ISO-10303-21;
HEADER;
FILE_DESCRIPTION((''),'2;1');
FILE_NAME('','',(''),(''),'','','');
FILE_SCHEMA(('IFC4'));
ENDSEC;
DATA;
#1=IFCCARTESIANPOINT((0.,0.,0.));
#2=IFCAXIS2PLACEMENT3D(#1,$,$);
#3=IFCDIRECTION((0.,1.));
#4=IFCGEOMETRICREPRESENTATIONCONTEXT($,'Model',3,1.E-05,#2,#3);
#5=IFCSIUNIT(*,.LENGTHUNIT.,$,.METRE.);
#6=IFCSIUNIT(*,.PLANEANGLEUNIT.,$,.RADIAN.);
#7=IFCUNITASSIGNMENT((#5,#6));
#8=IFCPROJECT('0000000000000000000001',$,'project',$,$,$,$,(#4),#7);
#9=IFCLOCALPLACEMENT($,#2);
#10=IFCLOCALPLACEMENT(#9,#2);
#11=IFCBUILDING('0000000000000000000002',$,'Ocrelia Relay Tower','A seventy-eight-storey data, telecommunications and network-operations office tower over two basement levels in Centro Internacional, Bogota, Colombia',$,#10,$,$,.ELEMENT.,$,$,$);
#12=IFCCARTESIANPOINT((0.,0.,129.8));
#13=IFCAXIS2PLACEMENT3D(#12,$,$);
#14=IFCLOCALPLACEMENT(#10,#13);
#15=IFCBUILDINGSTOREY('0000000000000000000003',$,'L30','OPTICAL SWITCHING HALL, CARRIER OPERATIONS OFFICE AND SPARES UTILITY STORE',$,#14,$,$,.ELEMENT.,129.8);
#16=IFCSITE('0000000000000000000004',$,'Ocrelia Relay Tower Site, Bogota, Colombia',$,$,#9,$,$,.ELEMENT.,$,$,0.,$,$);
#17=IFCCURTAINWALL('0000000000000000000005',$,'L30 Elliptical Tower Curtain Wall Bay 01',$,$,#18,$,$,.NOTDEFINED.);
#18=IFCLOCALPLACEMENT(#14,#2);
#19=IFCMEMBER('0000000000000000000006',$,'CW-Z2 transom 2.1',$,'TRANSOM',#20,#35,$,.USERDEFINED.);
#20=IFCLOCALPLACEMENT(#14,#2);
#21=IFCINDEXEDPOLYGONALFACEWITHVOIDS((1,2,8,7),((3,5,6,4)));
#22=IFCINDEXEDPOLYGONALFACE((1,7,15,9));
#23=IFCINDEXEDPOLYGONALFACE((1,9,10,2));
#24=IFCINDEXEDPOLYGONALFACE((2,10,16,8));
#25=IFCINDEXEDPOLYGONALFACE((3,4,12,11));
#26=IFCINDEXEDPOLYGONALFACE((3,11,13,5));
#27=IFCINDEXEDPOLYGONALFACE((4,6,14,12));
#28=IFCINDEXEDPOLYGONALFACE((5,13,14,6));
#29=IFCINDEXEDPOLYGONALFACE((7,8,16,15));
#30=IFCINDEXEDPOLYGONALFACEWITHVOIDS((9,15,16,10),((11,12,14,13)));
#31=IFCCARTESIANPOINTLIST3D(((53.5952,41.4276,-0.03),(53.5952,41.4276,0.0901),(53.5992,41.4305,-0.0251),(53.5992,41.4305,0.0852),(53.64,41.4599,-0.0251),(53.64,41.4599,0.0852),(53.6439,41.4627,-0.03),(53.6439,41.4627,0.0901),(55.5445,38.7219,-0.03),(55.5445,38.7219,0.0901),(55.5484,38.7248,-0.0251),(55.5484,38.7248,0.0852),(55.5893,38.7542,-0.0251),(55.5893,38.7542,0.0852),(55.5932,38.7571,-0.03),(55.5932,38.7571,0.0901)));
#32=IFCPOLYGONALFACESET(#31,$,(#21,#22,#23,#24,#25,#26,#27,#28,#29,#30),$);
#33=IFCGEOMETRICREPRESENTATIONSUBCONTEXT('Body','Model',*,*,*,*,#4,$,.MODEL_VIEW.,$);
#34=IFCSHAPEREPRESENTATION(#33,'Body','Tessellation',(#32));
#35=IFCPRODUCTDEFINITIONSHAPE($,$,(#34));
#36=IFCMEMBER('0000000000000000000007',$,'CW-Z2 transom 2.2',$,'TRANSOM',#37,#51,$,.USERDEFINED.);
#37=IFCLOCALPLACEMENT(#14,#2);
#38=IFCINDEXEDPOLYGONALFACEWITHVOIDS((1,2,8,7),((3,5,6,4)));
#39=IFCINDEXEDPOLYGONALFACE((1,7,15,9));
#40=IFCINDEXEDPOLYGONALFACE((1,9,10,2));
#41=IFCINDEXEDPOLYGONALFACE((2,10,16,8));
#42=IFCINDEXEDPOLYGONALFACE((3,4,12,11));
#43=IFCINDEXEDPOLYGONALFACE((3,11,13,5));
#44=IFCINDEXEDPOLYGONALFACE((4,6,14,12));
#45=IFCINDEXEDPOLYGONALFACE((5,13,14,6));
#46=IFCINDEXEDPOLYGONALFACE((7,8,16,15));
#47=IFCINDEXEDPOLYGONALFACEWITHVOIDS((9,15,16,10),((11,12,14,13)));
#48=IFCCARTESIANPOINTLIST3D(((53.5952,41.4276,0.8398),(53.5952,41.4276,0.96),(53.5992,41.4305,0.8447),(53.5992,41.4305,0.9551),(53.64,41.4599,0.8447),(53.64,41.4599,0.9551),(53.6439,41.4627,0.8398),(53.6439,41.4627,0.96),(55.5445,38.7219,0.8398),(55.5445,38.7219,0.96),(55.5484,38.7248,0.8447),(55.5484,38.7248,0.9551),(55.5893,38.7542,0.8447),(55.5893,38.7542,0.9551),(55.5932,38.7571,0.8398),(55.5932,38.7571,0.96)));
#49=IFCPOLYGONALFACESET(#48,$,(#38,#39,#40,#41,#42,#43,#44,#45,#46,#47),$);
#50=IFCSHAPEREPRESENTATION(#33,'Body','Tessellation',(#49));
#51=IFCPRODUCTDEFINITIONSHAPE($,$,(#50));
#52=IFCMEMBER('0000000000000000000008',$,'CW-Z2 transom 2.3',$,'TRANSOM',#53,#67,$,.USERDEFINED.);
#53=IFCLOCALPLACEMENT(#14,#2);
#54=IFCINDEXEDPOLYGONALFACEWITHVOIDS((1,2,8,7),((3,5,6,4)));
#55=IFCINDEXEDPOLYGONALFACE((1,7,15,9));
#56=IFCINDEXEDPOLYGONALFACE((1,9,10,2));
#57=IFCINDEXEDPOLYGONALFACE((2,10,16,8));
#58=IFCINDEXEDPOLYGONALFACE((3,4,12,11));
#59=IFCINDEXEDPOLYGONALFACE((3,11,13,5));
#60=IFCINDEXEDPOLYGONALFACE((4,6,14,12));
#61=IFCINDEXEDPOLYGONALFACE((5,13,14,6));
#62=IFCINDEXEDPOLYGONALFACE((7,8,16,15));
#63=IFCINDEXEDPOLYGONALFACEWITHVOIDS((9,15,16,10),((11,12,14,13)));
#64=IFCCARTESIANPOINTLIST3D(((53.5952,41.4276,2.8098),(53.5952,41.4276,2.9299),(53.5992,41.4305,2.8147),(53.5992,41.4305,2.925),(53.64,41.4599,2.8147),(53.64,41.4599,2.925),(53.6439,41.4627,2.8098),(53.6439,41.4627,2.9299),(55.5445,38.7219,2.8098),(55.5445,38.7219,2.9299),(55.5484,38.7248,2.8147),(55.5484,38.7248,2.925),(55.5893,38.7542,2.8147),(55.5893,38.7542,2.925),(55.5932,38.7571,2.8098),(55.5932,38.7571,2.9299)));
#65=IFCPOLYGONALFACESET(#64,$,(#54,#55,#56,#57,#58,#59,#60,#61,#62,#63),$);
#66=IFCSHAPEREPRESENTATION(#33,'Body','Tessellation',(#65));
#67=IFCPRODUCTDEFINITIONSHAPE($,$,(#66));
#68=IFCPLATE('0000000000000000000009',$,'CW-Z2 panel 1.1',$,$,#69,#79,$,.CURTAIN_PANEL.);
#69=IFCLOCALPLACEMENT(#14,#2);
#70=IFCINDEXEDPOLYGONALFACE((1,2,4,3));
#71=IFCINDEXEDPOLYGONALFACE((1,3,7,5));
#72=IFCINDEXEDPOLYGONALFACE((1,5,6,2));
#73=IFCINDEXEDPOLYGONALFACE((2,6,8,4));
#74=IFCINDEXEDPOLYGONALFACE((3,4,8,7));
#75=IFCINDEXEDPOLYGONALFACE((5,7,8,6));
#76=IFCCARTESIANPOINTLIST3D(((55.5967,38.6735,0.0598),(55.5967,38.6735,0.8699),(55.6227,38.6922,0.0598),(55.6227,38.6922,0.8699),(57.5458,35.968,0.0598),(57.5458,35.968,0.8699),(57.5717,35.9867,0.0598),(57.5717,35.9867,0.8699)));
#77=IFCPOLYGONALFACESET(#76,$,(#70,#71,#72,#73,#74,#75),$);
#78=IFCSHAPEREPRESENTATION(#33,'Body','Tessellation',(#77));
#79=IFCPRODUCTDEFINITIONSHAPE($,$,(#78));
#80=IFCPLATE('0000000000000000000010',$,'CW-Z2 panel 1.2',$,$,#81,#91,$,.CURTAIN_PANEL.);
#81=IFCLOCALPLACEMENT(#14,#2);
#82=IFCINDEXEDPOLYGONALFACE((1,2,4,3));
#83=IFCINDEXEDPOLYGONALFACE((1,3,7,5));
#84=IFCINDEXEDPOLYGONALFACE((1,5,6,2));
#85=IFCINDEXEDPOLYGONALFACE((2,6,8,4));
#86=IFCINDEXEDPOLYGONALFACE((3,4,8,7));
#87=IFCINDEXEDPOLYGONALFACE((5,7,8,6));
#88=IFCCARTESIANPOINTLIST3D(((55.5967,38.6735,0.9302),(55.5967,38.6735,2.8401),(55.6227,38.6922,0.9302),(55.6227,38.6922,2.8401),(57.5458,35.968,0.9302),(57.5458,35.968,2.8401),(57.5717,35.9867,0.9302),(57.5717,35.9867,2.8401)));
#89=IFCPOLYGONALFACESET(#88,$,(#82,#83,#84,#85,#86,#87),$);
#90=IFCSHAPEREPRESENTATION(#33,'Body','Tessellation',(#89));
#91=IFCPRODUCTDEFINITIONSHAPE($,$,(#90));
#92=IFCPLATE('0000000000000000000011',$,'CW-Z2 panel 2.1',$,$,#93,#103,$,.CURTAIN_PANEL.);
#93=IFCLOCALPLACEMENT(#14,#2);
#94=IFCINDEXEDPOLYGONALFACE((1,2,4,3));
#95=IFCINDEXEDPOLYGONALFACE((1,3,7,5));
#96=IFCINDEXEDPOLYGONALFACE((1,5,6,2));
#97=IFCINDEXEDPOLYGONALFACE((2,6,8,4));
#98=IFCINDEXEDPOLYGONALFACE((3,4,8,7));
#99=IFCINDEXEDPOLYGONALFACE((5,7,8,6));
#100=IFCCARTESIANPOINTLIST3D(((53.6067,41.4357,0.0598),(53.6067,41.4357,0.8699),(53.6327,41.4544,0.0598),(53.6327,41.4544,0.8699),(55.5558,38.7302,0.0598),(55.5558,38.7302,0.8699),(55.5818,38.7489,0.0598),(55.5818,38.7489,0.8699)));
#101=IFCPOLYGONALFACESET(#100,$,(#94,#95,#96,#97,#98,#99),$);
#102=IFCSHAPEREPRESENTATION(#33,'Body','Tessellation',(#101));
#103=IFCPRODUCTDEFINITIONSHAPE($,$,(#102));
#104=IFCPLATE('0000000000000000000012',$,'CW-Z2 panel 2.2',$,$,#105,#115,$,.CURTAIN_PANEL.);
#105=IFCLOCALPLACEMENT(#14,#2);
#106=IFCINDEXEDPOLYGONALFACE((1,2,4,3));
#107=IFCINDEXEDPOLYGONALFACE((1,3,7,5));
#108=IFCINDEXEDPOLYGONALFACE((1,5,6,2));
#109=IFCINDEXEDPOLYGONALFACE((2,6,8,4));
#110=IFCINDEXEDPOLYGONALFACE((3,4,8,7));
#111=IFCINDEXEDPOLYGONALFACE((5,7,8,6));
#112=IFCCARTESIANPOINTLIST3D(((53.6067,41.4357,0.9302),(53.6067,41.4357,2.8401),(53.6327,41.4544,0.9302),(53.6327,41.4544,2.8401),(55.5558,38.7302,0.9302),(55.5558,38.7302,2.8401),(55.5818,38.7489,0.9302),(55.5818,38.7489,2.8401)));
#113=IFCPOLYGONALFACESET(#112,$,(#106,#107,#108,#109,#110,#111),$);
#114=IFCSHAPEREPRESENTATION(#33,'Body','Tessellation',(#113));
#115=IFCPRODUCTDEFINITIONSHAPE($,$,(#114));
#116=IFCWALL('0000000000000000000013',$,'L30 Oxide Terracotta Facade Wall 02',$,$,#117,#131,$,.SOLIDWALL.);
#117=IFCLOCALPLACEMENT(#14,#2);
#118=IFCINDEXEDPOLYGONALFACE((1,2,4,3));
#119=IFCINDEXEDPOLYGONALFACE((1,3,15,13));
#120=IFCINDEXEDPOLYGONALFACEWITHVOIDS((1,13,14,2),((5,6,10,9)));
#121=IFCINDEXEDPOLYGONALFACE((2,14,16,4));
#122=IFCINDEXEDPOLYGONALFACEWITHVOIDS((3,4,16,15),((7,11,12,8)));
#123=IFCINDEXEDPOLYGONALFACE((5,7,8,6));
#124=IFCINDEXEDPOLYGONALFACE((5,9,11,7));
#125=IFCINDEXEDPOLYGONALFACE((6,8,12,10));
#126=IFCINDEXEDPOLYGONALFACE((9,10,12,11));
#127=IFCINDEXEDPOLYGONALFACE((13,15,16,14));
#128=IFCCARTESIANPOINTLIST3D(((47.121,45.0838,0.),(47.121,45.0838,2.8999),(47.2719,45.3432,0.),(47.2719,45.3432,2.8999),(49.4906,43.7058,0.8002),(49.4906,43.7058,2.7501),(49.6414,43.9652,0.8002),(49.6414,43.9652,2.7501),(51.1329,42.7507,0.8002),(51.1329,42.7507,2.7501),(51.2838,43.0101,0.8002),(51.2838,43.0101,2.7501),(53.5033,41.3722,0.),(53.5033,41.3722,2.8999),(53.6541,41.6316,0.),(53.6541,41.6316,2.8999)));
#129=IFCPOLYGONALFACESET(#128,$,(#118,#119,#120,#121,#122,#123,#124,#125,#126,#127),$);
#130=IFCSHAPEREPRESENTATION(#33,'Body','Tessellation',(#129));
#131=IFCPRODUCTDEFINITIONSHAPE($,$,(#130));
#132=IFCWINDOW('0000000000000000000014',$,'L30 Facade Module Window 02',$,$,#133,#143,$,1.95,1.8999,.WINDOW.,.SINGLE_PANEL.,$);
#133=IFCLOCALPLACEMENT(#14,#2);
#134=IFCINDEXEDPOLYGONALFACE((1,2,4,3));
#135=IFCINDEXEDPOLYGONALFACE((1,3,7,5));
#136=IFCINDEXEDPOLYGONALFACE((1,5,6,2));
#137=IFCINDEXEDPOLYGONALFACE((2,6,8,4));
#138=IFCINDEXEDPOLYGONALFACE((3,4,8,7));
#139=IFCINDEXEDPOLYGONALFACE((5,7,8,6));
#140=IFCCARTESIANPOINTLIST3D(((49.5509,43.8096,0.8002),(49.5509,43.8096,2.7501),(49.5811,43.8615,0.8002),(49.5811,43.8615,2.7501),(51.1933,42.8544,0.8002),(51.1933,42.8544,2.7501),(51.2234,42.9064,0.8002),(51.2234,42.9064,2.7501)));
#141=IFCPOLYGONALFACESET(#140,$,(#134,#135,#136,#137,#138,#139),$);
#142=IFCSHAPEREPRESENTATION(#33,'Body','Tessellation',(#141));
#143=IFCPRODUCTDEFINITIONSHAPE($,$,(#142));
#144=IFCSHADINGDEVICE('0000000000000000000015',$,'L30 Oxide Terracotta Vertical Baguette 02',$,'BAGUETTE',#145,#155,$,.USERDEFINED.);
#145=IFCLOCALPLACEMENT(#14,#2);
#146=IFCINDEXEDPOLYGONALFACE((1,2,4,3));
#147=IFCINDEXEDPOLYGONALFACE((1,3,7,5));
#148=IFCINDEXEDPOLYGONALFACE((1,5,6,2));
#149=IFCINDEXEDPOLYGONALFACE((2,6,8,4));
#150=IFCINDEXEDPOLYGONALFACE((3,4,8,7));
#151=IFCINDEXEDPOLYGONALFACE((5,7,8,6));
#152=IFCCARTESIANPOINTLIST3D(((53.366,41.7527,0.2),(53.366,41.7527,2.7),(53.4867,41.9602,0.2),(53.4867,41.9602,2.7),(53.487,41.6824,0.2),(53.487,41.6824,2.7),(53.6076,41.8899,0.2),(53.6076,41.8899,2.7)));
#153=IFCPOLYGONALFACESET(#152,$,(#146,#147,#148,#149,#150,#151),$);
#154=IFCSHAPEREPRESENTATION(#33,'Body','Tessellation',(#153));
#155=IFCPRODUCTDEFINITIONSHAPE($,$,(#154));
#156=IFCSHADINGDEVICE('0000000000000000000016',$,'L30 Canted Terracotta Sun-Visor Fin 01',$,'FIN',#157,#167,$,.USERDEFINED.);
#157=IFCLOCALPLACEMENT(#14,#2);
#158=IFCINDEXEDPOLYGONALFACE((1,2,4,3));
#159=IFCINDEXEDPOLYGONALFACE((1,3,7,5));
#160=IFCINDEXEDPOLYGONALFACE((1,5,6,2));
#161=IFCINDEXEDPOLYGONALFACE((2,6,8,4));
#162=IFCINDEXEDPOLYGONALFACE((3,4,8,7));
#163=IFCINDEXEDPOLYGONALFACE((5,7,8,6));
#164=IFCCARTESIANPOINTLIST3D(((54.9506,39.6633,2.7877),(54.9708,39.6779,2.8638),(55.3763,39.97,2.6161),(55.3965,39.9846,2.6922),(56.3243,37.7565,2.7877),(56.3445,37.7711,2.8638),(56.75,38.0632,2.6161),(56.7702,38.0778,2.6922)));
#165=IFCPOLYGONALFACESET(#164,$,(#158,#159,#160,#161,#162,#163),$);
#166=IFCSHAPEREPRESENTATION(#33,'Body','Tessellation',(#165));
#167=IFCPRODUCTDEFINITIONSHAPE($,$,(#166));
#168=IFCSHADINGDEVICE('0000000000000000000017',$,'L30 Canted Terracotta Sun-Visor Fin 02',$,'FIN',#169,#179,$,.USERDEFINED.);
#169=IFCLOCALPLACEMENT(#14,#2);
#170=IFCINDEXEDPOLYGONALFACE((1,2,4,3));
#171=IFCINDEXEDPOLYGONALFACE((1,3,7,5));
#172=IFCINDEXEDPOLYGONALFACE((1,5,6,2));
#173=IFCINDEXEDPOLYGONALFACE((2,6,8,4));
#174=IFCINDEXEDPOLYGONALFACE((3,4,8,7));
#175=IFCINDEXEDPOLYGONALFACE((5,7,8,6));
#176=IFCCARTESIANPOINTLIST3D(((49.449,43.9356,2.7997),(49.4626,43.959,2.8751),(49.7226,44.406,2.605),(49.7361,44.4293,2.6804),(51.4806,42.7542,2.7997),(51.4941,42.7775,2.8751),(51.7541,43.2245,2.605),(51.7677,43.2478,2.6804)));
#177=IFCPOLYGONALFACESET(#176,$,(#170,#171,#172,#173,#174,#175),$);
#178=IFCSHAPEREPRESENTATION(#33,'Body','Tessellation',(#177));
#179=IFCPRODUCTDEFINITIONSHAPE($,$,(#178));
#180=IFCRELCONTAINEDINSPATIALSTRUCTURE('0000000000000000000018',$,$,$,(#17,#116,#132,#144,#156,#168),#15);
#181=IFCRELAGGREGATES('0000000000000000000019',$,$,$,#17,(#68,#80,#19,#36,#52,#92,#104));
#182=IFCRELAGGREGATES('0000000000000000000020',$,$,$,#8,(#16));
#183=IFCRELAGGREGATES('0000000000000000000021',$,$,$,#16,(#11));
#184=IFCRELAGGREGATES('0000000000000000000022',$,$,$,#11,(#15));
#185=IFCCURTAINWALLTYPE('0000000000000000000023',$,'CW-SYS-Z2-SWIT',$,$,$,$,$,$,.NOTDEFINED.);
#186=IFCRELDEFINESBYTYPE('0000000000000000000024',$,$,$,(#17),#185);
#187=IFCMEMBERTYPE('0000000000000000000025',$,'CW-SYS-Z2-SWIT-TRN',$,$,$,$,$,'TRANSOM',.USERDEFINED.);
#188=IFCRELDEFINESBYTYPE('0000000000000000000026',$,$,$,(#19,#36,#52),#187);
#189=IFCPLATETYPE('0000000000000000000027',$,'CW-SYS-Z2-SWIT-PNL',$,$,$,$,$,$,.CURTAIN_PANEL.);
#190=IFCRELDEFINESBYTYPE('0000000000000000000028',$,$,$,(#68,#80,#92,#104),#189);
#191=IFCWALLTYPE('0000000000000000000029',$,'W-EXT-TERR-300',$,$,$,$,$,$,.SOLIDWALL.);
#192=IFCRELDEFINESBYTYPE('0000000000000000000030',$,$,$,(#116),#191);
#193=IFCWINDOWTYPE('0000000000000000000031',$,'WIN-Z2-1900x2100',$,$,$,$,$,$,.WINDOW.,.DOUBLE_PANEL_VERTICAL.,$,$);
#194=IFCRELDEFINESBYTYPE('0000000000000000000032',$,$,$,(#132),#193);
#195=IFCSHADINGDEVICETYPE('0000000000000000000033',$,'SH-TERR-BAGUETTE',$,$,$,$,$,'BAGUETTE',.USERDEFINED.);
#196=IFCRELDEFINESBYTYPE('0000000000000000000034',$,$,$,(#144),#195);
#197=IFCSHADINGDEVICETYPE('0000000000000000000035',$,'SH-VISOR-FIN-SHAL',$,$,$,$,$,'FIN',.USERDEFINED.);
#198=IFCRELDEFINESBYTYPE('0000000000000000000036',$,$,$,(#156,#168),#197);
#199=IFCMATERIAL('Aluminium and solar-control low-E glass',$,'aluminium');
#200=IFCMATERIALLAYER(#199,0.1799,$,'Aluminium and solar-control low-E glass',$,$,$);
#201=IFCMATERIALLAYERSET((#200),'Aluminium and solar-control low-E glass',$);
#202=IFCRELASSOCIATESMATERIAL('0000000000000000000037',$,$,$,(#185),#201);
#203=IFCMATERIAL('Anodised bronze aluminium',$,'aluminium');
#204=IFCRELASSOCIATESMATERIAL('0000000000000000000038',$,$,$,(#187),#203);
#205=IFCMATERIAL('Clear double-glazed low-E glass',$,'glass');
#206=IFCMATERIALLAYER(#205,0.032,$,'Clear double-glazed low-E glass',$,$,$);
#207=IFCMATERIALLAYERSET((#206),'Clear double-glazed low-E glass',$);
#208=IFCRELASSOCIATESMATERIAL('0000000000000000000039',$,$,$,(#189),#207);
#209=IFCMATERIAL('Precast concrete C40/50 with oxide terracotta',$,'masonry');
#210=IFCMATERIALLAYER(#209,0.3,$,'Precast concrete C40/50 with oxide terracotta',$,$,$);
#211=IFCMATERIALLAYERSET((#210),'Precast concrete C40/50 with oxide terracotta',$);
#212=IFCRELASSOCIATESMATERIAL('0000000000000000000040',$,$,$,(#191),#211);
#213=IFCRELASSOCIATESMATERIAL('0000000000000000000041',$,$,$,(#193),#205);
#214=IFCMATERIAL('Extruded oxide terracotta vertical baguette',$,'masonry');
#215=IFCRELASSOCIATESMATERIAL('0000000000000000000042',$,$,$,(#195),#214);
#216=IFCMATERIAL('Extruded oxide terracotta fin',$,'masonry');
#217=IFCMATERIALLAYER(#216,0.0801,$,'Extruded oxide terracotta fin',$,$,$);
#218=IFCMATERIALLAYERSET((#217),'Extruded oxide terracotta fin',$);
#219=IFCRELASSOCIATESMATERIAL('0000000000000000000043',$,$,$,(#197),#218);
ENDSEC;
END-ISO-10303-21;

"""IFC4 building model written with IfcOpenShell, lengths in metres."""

from ifc_helpers import new_model, si_unit, direction, frame, frame_2d, origin, origin_2d, place, context, subcontext, project, spatial, rectangle, hollow_rectangle, extrude, material, layer, layer_set, material_profile, profile_set, type_object, element, fill, aggregate, save


model = new_model("IFC4")

# Units and contexts
model_context = context("Model", 3, precision=1e-05, world=origin(), true_north=direction((0.0, 1.0)))
body_context = subcontext(model_context, "Body", "Model", "MODEL_VIEW")
ifc_project = project(units=[si_unit("LENGTHUNIT", "METRE"), si_unit("PLANEANGLEUNIT", "RADIAN")], contexts=[model_context])

# Site, building, storey
site_placement = place(None, origin())
site = spatial("IfcSite", under=ifc_project, at=site_placement, Name="Ocrelia Relay Tower Site, Bogota, Colombia", CompositionType="ELEMENT", RefElevation=0.0)
building_placement = place(site_placement, origin())
building = spatial("IfcBuilding", under=site, at=building_placement, Name="Ocrelia Relay Tower", Description="A seventy-eight-storey data, telecommunications and network-operations office tower over two basement levels in Centro Internacional, Bogota, Colombia", CompositionType="ELEMENT")
storey_placement = place(building_placement, frame((0.0, 0.0, 129.8)))
storey = spatial("IfcBuildingStorey", under=building, at=storey_placement, Name="L30", Description="OPTICAL SWITCHING HALL, CARRIER OPERATIONS OFFICE AND SPARES UTILITY STORE", CompositionType="ELEMENT", Elevation=129.8)

# Curtain wall, members, plates
ifc_material_1 = material(Name="Aluminium and solar-control low-E glass", Category="aluminium")
ifc_layer_1 = layer(ifc_material_1, 0.1799, Name="Aluminium and solar-control low-E glass")
ifc_layer_set_1 = layer_set([ifc_layer_1], Name="Aluminium and solar-control low-E glass")
curtain_wall_type = type_object("IfcCurtainWallType", Name="CW-SYS-Z2-SWIT", PredefinedType="NOTDEFINED", material=ifc_layer_set_1)
curtain_wall_placement = place(storey_placement, origin())
curtain_wall = element("IfcCurtainWall", 1, at=curtain_wall_placement, inside=storey, type_object=curtain_wall_type, Name="L30 Elliptical Tower Curtain Wall Bay 01", PredefinedType="NOTDEFINED")
ifc_material_2 = material(Name="Anodised bronze aluminium", Category="aluminium")
ifc_material_profile_1 = material_profile(ifc_material_2, hollow_rectangle(XDim=0.0601, YDim=0.1201, WallThickness=0.0049, at=origin_2d()), Name="CW-TRN-120x60")
ifc_profile_set_1 = profile_set([ifc_material_profile_1], Name="Anodised bronze aluminium")
member_type_1 = type_object("IfcMemberType", Name="CW-SYS-Z2-SWIT-TRN", ElementType="TRANSOM", PredefinedType="USERDEFINED", material=ifc_profile_set_1)
member_1_placement = place(storey_placement, frame((55.5688, 38.7395, 0.03), z_axis=(-0.584544, 0.811362, 0.0), x_axis=(-0.811362, -0.584544, 0.0)))
member_1 = element("IfcMember", 2, at=member_1_placement, type_object=member_type_1, Name="CW-Z2 transom 2.1", ObjectType="TRANSOM", PredefinedType="USERDEFINED", context=body_context, shape_type="SweptSolid", body=[
    extrude(hollow_rectangle(XDim=0.0601, YDim=0.1201, WallThickness=0.0049, at=origin_2d()), origin(), (0.0, 0.0, 1.0), 3.3347),
])
member_2_placement = place(storey_placement, frame((55.5688, 38.7395, 0.8999), z_axis=(-0.584544, 0.811362, 0.0), x_axis=(-0.811362, -0.584544, 0.0)))
member_2 = element("IfcMember", 3, at=member_2_placement, type_object=member_type_1, Name="CW-Z2 transom 2.2", ObjectType="TRANSOM", PredefinedType="USERDEFINED", context=body_context, shape_type="SweptSolid", body=[
    extrude(hollow_rectangle(XDim=0.0601, YDim=0.1201, WallThickness=0.0049, at=origin_2d()), origin(), (0.0, 0.0, 1.0), 3.3347),
])
member_3_placement = place(storey_placement, frame((55.5688, 38.7395, 2.8699), z_axis=(-0.584544, 0.811362, 0.0), x_axis=(-0.811362, -0.584544, 0.0)))
member_3 = element("IfcMember", 4, at=member_3_placement, type_object=member_type_1, Name="CW-Z2 transom 2.3", ObjectType="TRANSOM", PredefinedType="USERDEFINED", context=body_context, shape_type="SweptSolid", body=[
    extrude(hollow_rectangle(XDim=0.0601, YDim=0.1201, WallThickness=0.0049, at=origin_2d()), origin(), (0.0, 0.0, 1.0), 3.3347),
])
ifc_material_3 = material(Name="Clear double-glazed low-E glass", Category="glass")
ifc_layer_2 = layer(ifc_material_3, 0.032, Name="Clear double-glazed low-E glass")
ifc_layer_set_2 = layer_set([ifc_layer_2], Name="Clear double-glazed low-E glass")
plate_type = type_object("IfcPlateType", Name="CW-SYS-Z2-SWIT-PNL", PredefinedType="CURTAIN_PANEL", material=ifc_layer_set_2)
plate_1_placement = place(storey_placement, frame((56.5842, 37.3301, 0.0598), z_axis=(0.0, 0.0, 1.0), x_axis=(-0.584527, 0.811374, 0.0)))
plate_1 = element("IfcPlate", 5, at=plate_1_placement, type_object=plate_type, Name="CW-Z2 panel 1.1", PredefinedType="CURTAIN_PANEL", context=body_context, shape_type="SweptSolid", body=[
    extrude(rectangle(XDim=3.3345, YDim=0.032, at=origin_2d()), origin(), (0.0, 0.0, 1.0), 0.8101),
])
plate_2_placement = place(storey_placement, frame((56.5842, 37.3301, 0.9302), z_axis=(0.0, 0.0, 1.0), x_axis=(-0.584527, 0.811374, 0.0)))
plate_2 = element("IfcPlate", 6, at=plate_2_placement, type_object=plate_type, Name="CW-Z2 panel 1.2", PredefinedType="CURTAIN_PANEL", context=body_context, shape_type="SweptSolid", body=[
    extrude(rectangle(XDim=3.3345, YDim=0.032, at=origin_2d()), origin(), (0.0, 0.0, 1.0), 1.9099),
])
plate_3_placement = place(storey_placement, frame((54.5942, 40.0923, 0.0598), z_axis=(0.0, 0.0, 1.0), x_axis=(-0.584527, 0.811374, 0.0)))
plate_3 = element("IfcPlate", 7, at=plate_3_placement, type_object=plate_type, Name="CW-Z2 panel 2.1", PredefinedType="CURTAIN_PANEL", context=body_context, shape_type="SweptSolid", body=[
    extrude(rectangle(XDim=3.3345, YDim=0.032, at=origin_2d()), origin(), (0.0, 0.0, 1.0), 0.8101),
])
plate_4_placement = place(storey_placement, frame((54.5942, 40.0923, 0.9302), z_axis=(0.0, 0.0, 1.0), x_axis=(-0.584527, 0.811374, 0.0)))
plate_4 = element("IfcPlate", 8, at=plate_4_placement, type_object=plate_type, Name="CW-Z2 panel 2.2", PredefinedType="CURTAIN_PANEL", context=body_context, shape_type="SweptSolid", body=[
    extrude(rectangle(XDim=3.3345, YDim=0.032, at=origin_2d()), origin(), (0.0, 0.0, 1.0), 1.9099),
])
aggregate(curtain_wall, [plate_1, plate_2, member_1, member_2, member_3, plate_3, plate_4])

# Wall, opening, window
ifc_material_4 = material(Name="Precast concrete C40/50 with oxide terracotta", Category="masonry")
ifc_layer_3 = layer(ifc_material_4, 0.3, Name="Precast concrete C40/50 with oxide terracotta")
ifc_layer_set_3 = layer_set([ifc_layer_3], Name="Precast concrete C40/50 with oxide terracotta")
wall_type = type_object("IfcWallType", Name="W-EXT-TERR-300", PredefinedType="SOLIDWALL", material=ifc_layer_set_3)
wall_placement = place(storey_placement, frame((53.5786, 41.502, 0.0), z_axis=(0.0, 0.0, 1.0), x_axis=(-0.864447, 0.502723, 0.0)))
wall = element("IfcWall", 9, at=wall_placement, inside=storey, type_object=wall_type, Name="L30 Oxide Terracotta Facade Wall 02", PredefinedType="SOLIDWALL", context=body_context, shape_type="SweptSolid", body=[
    extrude(rectangle(XDim=7.3831, YDim=0.3, at=frame_2d((3.6914, 0.0))), origin(), (0.0, 0.0, 1.0), 2.8999),
])
opening_placement = place(wall_placement, frame((2.7419, 0.0, 0.8)))
opening = element("IfcOpeningElement", 10, at=opening_placement, cuts=wall, PredefinedType="OPENING", context=body_context, shape_type="SweptSolid", body=[
    extrude(rectangle(XDim=1.8999, YDim=1.95, at=frame_2d((0.95, 0.9751))), frame((0.0, 0.1602, 0.0), z_axis=(0.0, -1.0, 0.0), x_axis=(1.0, 0.0, 0.0)), (0.0, 0.0, 1.0), 0.3201),
])
window_type = type_object("IfcWindowType", Name="WIN-Z2-1900x2100", PartitioningType="DOUBLE_PANEL_VERTICAL", PredefinedType="WINDOW", material=ifc_material_3)
window_placement = place(opening_placement, origin())
window = element("IfcWindow", 11, at=window_placement, inside=storey, type_object=window_type, Name="L30 Facade Module Window 02", OverallHeight=1.95, OverallWidth=1.8999, PartitioningType="SINGLE_PANEL", PredefinedType="WINDOW", context=body_context, shape_type="SweptSolid", body=[
    extrude(rectangle(XDim=1.8999, YDim=1.95, at=frame_2d((0.95, 0.9751))), frame((0.0, 0.03, 0.0), z_axis=(0.0, -1.0, 0.0), x_axis=(1.0, 0.0, 0.0)), (0.0, 0.0, 1.0), 0.0601),
])
fill(opening, window)

# Shading devices
ifc_material_5 = material(Name="Extruded oxide terracotta vertical baguette", Category="masonry")
shading_device_type_1 = type_object("IfcShadingDeviceType", Name="SH-TERR-BAGUETTE", ElementType="BAGUETTE", PredefinedType="USERDEFINED", material=ifc_material_5)
shading_device_1_placement = place(storey_placement, frame((53.4868, 41.8213, 0.2), z_axis=(0.0, 0.0, 1.0), x_axis=(-0.864446, 0.502726, 0.0)))
element("IfcShadingDevice", 12, at=shading_device_1_placement, inside=storey, type_object=shading_device_type_1, Name="L30 Oxide Terracotta Vertical Baguette 02", ObjectType="BAGUETTE", PredefinedType="USERDEFINED", context=body_context, shape_type="SweptSolid", body=[
    extrude(rectangle(XDim=0.1399, YDim=0.24, at=origin_2d()), origin(), (0.0, 0.0, 1.0), 2.5),
])
ifc_material_6 = material(Name="Extruded oxide terracotta fin", Category="masonry")
ifc_layer_4 = layer(ifc_material_6, 0.0801, Name="Extruded oxide terracotta fin")
ifc_layer_set_4 = layer_set([ifc_layer_4], Name="Extruded oxide terracotta fin")
shading_device_type_2 = type_object("IfcShadingDeviceType", Name="SH-VISOR-FIN-SHAL", ElementType="FIN", PredefinedType="USERDEFINED", material=ifc_layer_set_4)
shading_device_2_placement = place(storey_placement, frame((55.8503, 38.8633, 2.7019), z_axis=(0.252209, 0.181696, 0.950461), x_axis=(-0.584527, 0.811374, 0.0)))
element("IfcShadingDevice", 13, at=shading_device_2_placement, inside=storey, type_object=shading_device_type_2, Name="L30 Canted Terracotta Sun-Visor Fin 01", ObjectType="FIN", PredefinedType="USERDEFINED", context=body_context, shape_type="SweptSolid", body=[
    extrude(rectangle(XDim=2.3501, YDim=0.552, at=origin_2d()), origin(), (0.0, 0.0, 1.0), 0.0801),
])
shading_device_3_placement = place(storey_placement, frame((50.6016, 43.5801, 2.7024), z_axis=(0.169384, 0.291259, 0.941529), x_axis=(-0.864446, 0.502726, 0.0)))
element("IfcShadingDevice", 14, at=shading_device_3_placement, inside=storey, type_object=shading_device_type_2, Name="L30 Canted Terracotta Sun-Visor Fin 02", ObjectType="FIN", PredefinedType="USERDEFINED", context=body_context, shape_type="SweptSolid", body=[
    extrude(rectangle(XDim=2.3501, YDim=0.5779, at=origin_2d()), origin(), (0.0, 0.0, 1.0), 0.0801),
])

save(model, "model.ifc")
